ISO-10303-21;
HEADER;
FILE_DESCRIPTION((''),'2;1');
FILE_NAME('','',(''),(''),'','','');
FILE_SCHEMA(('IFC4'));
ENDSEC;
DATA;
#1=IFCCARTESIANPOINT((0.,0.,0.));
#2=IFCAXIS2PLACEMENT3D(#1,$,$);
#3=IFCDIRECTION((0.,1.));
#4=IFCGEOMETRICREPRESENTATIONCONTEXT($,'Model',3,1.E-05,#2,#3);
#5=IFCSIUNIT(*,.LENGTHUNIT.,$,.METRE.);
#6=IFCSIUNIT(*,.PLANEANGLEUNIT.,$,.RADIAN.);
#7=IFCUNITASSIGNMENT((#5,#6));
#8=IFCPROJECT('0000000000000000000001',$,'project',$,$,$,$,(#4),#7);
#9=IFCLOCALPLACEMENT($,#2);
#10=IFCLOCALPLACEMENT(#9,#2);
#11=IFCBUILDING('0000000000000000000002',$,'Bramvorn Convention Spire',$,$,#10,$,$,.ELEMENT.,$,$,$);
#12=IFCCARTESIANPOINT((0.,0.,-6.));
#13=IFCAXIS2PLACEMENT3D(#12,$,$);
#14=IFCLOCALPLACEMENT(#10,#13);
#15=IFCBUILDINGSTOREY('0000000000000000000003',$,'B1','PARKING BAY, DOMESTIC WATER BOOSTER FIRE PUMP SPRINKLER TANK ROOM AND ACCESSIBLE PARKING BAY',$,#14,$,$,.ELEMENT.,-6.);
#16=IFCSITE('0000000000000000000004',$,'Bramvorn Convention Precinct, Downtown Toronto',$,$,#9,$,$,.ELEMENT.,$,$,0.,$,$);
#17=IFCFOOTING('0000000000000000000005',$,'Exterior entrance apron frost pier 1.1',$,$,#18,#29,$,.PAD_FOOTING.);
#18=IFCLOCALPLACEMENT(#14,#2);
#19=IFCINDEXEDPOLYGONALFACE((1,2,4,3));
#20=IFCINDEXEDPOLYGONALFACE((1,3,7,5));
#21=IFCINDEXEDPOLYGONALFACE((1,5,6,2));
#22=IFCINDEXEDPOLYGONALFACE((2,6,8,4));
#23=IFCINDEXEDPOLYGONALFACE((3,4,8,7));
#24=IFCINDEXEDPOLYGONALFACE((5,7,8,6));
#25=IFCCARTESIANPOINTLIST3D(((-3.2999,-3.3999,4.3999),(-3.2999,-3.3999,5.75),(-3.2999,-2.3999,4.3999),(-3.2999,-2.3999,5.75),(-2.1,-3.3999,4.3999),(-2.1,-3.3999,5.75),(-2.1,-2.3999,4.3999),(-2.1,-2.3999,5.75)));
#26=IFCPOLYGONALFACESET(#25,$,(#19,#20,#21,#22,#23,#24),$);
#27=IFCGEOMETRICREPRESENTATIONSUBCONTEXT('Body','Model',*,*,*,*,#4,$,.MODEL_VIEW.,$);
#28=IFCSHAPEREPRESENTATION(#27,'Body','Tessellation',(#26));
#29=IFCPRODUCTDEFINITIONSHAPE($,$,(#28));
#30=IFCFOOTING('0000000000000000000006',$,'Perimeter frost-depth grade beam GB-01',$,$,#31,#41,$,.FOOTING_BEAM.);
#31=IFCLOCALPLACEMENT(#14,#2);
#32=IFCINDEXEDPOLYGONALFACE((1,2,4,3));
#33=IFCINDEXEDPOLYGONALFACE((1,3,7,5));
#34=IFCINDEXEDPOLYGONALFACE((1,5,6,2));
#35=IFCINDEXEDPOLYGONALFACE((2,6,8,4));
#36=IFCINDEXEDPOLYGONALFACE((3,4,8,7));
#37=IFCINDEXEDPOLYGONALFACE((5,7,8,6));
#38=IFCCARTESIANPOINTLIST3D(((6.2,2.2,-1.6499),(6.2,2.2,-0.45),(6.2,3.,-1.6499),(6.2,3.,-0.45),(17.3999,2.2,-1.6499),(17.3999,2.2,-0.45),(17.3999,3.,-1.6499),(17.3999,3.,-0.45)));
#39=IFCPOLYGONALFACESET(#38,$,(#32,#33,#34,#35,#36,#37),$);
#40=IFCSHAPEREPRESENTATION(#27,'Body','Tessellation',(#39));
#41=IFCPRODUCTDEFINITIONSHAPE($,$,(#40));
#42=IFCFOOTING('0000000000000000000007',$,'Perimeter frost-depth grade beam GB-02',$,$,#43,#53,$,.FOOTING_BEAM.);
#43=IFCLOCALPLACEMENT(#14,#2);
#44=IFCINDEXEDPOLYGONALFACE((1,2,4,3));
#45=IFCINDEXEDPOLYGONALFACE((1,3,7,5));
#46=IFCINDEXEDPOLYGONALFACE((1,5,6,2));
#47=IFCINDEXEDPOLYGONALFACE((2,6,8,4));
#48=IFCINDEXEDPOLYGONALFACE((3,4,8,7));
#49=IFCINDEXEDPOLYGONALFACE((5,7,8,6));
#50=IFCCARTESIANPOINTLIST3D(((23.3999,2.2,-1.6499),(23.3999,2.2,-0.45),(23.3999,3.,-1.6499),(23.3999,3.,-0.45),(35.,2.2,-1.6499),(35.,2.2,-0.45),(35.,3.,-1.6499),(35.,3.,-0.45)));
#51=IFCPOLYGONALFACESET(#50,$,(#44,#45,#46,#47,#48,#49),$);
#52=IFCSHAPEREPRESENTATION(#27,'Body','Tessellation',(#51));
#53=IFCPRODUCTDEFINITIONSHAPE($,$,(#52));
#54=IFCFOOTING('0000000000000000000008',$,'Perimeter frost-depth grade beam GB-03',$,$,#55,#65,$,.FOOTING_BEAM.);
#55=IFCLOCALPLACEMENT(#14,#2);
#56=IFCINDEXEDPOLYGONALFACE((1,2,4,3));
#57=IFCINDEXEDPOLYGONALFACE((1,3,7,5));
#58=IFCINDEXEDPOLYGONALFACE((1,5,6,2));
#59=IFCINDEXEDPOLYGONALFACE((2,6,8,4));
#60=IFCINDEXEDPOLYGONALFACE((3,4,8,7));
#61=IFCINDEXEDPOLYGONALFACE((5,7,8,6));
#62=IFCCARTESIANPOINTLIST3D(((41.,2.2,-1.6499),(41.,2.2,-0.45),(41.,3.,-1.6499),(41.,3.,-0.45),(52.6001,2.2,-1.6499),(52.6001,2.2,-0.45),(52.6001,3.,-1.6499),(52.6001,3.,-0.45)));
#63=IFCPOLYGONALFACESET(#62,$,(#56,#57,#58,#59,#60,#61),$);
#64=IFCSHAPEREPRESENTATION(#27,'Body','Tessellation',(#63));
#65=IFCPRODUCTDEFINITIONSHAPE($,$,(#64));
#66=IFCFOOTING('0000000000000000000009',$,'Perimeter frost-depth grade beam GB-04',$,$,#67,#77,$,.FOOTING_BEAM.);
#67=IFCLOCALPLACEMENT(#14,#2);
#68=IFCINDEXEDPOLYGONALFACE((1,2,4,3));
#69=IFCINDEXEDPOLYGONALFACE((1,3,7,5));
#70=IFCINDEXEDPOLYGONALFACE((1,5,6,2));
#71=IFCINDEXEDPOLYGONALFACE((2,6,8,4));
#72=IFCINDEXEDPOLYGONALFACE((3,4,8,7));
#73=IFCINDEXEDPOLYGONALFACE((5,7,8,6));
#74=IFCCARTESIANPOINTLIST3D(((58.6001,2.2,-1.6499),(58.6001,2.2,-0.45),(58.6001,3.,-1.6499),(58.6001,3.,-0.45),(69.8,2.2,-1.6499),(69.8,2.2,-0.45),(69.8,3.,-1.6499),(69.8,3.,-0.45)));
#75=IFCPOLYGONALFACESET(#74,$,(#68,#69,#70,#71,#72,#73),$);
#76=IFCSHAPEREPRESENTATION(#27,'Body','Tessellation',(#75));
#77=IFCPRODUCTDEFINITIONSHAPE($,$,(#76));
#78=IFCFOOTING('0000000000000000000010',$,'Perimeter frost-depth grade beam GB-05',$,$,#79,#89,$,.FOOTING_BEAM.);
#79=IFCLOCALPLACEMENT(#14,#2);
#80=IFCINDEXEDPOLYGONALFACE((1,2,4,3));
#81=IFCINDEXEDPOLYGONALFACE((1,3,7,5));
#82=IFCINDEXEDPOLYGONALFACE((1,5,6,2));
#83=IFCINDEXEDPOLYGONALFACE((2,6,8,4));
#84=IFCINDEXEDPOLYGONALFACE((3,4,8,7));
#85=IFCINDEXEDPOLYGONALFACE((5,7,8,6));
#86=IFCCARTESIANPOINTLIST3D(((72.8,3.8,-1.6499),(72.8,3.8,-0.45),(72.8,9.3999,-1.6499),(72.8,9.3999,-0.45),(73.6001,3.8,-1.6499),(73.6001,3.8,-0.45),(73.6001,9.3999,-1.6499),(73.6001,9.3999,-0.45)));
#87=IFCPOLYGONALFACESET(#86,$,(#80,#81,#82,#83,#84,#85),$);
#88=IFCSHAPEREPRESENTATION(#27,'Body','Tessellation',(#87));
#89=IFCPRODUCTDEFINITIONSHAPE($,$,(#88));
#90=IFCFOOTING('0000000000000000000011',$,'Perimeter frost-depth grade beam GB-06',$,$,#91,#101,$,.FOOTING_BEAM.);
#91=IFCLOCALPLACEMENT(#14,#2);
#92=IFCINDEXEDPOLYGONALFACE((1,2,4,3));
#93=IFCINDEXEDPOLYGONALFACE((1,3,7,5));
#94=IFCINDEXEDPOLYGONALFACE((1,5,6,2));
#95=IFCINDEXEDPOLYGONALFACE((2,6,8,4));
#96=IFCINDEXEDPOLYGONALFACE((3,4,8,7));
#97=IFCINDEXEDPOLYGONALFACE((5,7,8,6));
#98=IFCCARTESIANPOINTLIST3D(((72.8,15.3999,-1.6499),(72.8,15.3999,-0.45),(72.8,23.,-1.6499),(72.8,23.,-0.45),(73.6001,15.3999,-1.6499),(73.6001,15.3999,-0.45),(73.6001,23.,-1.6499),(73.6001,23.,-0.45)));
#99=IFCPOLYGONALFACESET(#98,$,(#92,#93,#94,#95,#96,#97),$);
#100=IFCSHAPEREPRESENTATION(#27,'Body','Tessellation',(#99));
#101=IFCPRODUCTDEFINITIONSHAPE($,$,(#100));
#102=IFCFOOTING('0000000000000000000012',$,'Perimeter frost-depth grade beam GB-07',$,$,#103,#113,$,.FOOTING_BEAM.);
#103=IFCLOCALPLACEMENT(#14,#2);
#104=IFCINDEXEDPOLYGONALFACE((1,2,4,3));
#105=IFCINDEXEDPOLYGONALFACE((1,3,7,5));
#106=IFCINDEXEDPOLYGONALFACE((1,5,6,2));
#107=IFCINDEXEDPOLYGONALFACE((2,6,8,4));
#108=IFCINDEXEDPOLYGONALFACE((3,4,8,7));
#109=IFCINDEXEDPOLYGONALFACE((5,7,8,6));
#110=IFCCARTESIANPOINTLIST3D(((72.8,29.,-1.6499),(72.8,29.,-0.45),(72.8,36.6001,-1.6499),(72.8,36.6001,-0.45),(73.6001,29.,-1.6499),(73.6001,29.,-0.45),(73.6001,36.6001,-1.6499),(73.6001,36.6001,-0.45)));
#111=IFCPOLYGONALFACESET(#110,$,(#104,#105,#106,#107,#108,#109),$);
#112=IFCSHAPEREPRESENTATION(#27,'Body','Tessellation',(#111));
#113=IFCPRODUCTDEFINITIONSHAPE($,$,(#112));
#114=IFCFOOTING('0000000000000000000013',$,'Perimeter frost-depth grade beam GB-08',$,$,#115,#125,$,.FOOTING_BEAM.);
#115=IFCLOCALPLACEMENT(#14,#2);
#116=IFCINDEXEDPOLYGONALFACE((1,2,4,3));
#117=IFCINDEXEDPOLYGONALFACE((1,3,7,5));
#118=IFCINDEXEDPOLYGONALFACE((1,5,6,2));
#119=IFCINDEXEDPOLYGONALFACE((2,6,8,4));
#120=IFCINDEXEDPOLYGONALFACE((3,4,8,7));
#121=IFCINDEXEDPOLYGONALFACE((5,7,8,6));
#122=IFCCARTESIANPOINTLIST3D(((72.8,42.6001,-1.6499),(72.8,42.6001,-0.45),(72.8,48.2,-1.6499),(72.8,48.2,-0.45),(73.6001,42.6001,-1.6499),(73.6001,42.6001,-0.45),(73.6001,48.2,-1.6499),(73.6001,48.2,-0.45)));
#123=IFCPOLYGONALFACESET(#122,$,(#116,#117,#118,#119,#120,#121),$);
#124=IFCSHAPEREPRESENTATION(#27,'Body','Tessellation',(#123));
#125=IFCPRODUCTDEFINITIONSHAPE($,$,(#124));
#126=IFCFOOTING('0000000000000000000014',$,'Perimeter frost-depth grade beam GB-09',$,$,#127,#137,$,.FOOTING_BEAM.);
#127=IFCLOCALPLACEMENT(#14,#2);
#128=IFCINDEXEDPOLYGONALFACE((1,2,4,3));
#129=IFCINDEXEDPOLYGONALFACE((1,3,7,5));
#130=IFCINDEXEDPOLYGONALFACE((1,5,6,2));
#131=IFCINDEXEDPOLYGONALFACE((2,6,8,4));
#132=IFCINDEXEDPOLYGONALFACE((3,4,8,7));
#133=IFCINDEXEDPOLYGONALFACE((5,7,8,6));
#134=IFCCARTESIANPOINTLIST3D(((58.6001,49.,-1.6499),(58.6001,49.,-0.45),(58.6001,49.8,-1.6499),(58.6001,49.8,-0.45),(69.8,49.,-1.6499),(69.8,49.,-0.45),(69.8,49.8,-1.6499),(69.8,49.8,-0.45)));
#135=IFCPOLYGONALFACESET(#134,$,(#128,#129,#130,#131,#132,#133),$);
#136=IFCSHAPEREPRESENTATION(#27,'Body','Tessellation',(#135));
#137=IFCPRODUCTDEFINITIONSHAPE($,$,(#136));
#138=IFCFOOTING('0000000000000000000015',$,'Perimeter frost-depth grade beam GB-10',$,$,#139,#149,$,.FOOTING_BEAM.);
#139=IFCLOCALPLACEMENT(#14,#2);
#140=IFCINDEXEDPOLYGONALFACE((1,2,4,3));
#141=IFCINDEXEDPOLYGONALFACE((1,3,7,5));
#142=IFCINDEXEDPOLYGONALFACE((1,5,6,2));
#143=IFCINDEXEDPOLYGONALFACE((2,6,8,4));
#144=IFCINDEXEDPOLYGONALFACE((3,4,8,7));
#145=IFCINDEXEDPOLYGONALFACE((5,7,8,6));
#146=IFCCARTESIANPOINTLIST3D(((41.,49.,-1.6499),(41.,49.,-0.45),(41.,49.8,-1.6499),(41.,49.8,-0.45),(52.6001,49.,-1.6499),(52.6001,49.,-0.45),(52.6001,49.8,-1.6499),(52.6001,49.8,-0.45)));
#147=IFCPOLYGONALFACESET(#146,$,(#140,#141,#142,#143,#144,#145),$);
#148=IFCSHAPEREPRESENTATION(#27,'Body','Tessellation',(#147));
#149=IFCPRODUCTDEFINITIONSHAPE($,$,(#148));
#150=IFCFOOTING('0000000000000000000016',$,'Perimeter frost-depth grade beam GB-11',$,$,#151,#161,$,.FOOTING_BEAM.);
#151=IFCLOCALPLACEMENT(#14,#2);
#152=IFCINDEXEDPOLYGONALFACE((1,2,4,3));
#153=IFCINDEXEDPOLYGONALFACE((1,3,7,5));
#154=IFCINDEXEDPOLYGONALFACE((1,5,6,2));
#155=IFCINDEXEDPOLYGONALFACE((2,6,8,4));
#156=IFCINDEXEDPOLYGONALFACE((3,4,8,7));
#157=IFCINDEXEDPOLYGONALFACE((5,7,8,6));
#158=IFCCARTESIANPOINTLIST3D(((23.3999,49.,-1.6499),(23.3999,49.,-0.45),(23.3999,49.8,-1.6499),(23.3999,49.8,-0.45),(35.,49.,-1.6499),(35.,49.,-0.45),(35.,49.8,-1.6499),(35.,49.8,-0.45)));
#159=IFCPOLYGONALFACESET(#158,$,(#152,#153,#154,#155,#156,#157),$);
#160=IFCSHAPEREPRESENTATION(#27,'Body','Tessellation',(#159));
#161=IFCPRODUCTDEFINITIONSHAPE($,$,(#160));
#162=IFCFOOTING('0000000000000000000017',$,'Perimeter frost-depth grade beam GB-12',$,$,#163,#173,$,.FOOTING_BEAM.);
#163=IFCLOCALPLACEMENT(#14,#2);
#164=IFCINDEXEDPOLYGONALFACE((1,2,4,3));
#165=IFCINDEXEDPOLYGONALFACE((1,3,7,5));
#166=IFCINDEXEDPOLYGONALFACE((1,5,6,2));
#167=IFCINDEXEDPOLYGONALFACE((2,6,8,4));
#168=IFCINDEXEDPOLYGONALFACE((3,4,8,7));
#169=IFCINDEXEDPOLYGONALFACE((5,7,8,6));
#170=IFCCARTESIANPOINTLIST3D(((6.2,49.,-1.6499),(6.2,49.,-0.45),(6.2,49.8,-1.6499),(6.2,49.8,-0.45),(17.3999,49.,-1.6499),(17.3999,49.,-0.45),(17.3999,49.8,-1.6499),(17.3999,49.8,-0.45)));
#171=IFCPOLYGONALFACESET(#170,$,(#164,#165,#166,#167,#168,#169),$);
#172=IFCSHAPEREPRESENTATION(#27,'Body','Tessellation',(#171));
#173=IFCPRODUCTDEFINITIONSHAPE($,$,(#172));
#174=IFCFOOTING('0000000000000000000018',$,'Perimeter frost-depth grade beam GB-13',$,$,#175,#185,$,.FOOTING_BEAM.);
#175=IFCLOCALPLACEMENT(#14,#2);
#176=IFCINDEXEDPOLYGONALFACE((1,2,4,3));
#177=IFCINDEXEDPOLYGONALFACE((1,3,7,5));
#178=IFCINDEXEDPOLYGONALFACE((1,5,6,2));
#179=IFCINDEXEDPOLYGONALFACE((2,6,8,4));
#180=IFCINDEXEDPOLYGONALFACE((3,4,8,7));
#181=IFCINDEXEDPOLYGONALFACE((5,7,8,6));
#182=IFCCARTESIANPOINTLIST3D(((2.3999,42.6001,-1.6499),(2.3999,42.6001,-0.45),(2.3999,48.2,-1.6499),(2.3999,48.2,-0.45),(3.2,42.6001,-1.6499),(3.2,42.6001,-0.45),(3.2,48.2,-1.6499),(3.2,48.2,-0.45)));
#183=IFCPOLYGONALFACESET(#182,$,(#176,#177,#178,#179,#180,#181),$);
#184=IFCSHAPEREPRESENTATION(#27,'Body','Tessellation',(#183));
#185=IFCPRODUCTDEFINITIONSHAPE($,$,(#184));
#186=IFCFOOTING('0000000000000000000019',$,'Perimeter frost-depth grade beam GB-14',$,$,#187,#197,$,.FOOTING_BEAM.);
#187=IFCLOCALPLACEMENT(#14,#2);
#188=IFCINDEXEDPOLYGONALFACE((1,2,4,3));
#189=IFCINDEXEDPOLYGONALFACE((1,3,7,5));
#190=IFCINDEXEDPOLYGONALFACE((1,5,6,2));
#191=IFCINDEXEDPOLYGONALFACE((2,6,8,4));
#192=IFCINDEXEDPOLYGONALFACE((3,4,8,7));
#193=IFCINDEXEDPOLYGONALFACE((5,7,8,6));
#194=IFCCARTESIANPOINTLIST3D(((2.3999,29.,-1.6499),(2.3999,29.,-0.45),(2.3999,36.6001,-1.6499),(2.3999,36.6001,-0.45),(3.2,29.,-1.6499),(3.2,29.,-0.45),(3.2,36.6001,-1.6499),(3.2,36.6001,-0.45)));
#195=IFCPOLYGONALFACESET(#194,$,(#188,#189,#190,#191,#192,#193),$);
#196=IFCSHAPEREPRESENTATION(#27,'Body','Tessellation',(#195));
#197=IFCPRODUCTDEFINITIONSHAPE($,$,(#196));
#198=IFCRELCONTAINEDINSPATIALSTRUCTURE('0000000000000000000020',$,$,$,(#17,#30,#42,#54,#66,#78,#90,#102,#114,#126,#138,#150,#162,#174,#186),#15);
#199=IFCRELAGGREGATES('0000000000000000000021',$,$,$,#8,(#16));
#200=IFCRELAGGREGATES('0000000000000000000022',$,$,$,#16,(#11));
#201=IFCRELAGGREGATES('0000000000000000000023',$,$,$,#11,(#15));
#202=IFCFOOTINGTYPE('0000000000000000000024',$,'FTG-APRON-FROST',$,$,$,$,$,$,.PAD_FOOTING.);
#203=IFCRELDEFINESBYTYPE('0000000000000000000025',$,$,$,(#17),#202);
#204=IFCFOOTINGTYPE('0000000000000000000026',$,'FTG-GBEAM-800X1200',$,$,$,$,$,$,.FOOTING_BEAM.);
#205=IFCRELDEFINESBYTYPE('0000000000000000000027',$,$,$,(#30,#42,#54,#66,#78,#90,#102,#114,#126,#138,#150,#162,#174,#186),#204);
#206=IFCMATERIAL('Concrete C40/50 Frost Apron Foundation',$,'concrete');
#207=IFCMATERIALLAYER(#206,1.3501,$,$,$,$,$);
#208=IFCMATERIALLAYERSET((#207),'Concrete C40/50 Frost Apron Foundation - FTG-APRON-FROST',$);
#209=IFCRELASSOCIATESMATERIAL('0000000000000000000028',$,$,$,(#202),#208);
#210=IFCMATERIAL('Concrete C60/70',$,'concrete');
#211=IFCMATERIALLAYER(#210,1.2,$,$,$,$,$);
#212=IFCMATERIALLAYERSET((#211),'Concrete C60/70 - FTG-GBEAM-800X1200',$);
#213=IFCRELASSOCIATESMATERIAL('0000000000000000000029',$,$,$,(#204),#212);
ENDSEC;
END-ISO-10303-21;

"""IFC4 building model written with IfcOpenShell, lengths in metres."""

from ifc_helpers import new_model, si_unit, direction, frame, origin, origin_2d, place, context, subcontext, project, spatial, polyline, rectangle, outline, extrude, material, layer, layer_set, type_object, element, save


model = new_model("IFC4")

# Units and contexts
model_context = context("Model", 3, precision=1e-05, world=origin(), true_north=direction((0.0, 1.0)))
body_context = subcontext(model_context, "Body", "Model", "MODEL_VIEW")
ifc_project = project(units=[si_unit("LENGTHUNIT", "METRE"), si_unit("PLANEANGLEUNIT", "RADIAN")], contexts=[model_context])

# Site, building, storey
site_placement = place(None, origin())
site = spatial("IfcSite", under=ifc_project, at=site_placement, Name="Bramvorn Convention Precinct, Downtown Toronto", CompositionType="ELEMENT", RefElevation=0.0)
building_placement = place(site_placement, origin())
building = spatial("IfcBuilding", under=site, at=building_placement, Name="Bramvorn Convention Spire", CompositionType="ELEMENT")
storey_placement = place(building_placement, frame((0.0, 0.0, -6.0)))
storey = spatial("IfcBuildingStorey", under=building, at=storey_placement, Name="B1", Description="PARKING BAY, DOMESTIC WATER BOOSTER FIRE PUMP SPRINKLER TANK ROOM AND ACCESSIBLE PARKING BAY", CompositionType="ELEMENT", Elevation=-6.0)

# Footings
ifc_material_1 = material(Name="Concrete C40/50 Frost Apron Foundation", Category="concrete")
ifc_layer_1 = layer(ifc_material_1, 1.3501)
ifc_layer_set_1 = layer_set([ifc_layer_1], Name="Concrete C40/50 Frost Apron Foundation - FTG-APRON-FROST")
footing_type_1 = type_object("IfcFootingType", Name="FTG-APRON-FROST", PredefinedType="PAD_FOOTING", material=ifc_layer_set_1)
footing_1_placement = place(storey_placement, frame((-2.7, -2.8999, 4.3999), z_axis=(0.0, 0.0, 1.0), x_axis=(1.0, 0.0, 0.0)))
element("IfcFooting", 1, at=footing_1_placement, inside=storey, type_object=footing_type_1, Name="Exterior entrance apron frost pier 1.1", PredefinedType="PAD_FOOTING", context=body_context, shape_type="SweptSolid", body=[
    extrude(rectangle(XDim=1.2, YDim=1.0, at=origin_2d()), origin(), (0.0, 0.0, 1.0), 1.3501),
])
ifc_material_2 = material(Name="Concrete C60/70", Category="concrete")
ifc_layer_2 = layer(ifc_material_2, 1.2)
ifc_layer_set_2 = layer_set([ifc_layer_2], Name="Concrete C60/70 - FTG-GBEAM-800X1200")
footing_type_2 = type_object("IfcFootingType", Name="FTG-GBEAM-800X1200", PredefinedType="FOOTING_BEAM", material=ifc_layer_set_2)
footing_2_placement = place(storey_placement, frame((0.0, 0.0, -1.6499)))
element("IfcFooting", 2, at=footing_2_placement, inside=storey, type_object=footing_type_2, Name="Perimeter frost-depth grade beam GB-01", PredefinedType="FOOTING_BEAM", context=body_context, shape_type="SweptSolid", body=[
    extrude(outline(polyline([(6.2, 2.2), (17.3999, 2.2), (17.3999, 3.0), (6.2, 3.0), (6.2, 2.2)])), origin(), (0.0, 0.0, 1.0), 1.2),
])
footing_3_placement = place(storey_placement, frame((0.0, 0.0, -1.6499)))
element("IfcFooting", 3, at=footing_3_placement, inside=storey, type_object=footing_type_2, Name="Perimeter frost-depth grade beam GB-02", PredefinedType="FOOTING_BEAM", context=body_context, shape_type="SweptSolid", body=[
    extrude(outline(polyline([(23.3999, 2.2), (35.0, 2.2), (35.0, 3.0), (23.3999, 3.0), (23.3999, 2.2)])), origin(), (0.0, 0.0, 1.0), 1.2),
])
footing_4_placement = place(storey_placement, frame((0.0, 0.0, -1.6499)))
element("IfcFooting", 4, at=footing_4_placement, inside=storey, type_object=footing_type_2, Name="Perimeter frost-depth grade beam GB-03", PredefinedType="FOOTING_BEAM", context=body_context, shape_type="SweptSolid", body=[
    extrude(outline(polyline([(41.0, 2.2), (52.6001, 2.2), (52.6001, 3.0), (41.0, 3.0), (41.0, 2.2)])), origin(), (0.0, 0.0, 1.0), 1.2),
])
footing_5_placement = place(storey_placement, frame((0.0, 0.0, -1.6499)))
element("IfcFooting", 5, at=footing_5_placement, inside=storey, type_object=footing_type_2, Name="Perimeter frost-depth grade beam GB-04", PredefinedType="FOOTING_BEAM", context=body_context, shape_type="SweptSolid", body=[
    extrude(outline(polyline([(58.6001, 2.2), (69.8, 2.2), (69.8, 3.0), (58.6001, 3.0), (58.6001, 2.2)])), origin(), (0.0, 0.0, 1.0), 1.2),
])
footing_6_placement = place(storey_placement, frame((0.0, 0.0, -1.6499)))
element("IfcFooting", 6, at=footing_6_placement, inside=storey, type_object=footing_type_2, Name="Perimeter frost-depth grade beam GB-05", PredefinedType="FOOTING_BEAM", context=body_context, shape_type="SweptSolid", body=[
    extrude(outline(polyline([(72.8, 3.8), (73.6001, 3.8), (73.6001, 9.3999), (72.8, 9.3999), (72.8, 3.8)])), origin(), (0.0, 0.0, 1.0), 1.2),
])
footing_7_placement = place(storey_placement, frame((0.0, 0.0, -1.6499)))
element("IfcFooting", 7, at=footing_7_placement, inside=storey, type_object=footing_type_2, Name="Perimeter frost-depth grade beam GB-06", PredefinedType="FOOTING_BEAM", context=body_context, shape_type="SweptSolid", body=[
    extrude(outline(polyline([(72.8, 15.3999), (73.6001, 15.3999), (73.6001, 23.0), (72.8, 23.0), (72.8, 15.3999)])), origin(), (0.0, 0.0, 1.0), 1.2),
])
footing_8_placement = place(storey_placement, frame((0.0, 0.0, -1.6499)))
element("IfcFooting", 8, at=footing_8_placement, inside=storey, type_object=footing_type_2, Name="Perimeter frost-depth grade beam GB-07", PredefinedType="FOOTING_BEAM", context=body_context, shape_type="SweptSolid", body=[
    extrude(outline(polyline([(72.8, 29.0), (73.6001, 29.0), (73.6001, 36.6001), (72.8, 36.6001), (72.8, 29.0)])), origin(), (0.0, 0.0, 1.0), 1.2),
])
footing_9_placement = place(storey_placement, frame((0.0, 0.0, -1.6499)))
element("IfcFooting", 9, at=footing_9_placement, inside=storey, type_object=footing_type_2, Name="Perimeter frost-depth grade beam GB-08", PredefinedType="FOOTING_BEAM", context=body_context, shape_type="SweptSolid", body=[
    extrude(outline(polyline([(72.8, 42.6001), (73.6001, 42.6001), (73.6001, 48.2), (72.8, 48.2), (72.8, 42.6001)])), origin(), (0.0, 0.0, 1.0), 1.2),
])
footing_10_placement = place(storey_placement, frame((0.0, 0.0, -1.6499)))
element("IfcFooting", 10, at=footing_10_placement, inside=storey, type_object=footing_type_2, Name="Perimeter frost-depth grade beam GB-09", PredefinedType="FOOTING_BEAM", context=body_context, shape_type="SweptSolid", body=[
    extrude(outline(polyline([(58.6001, 49.0), (69.8, 49.0), (69.8, 49.8), (58.6001, 49.8), (58.6001, 49.0)])), origin(), (0.0, 0.0, 1.0), 1.2),
])
footing_11_placement = place(storey_placement, frame((0.0, 0.0, -1.6499)))
element("IfcFooting", 11, at=footing_11_placement, inside=storey, type_object=footing_type_2, Name="Perimeter frost-depth grade beam GB-10", PredefinedType="FOOTING_BEAM", context=body_context, shape_type="SweptSolid", body=[
    extrude(outline(polyline([(41.0, 49.0), (52.6001, 49.0), (52.6001, 49.8), (41.0, 49.8), (41.0, 49.0)])), origin(), (0.0, 0.0, 1.0), 1.2),
])
footing_12_placement = place(storey_placement, frame((0.0, 0.0, -1.6499)))
element("IfcFooting", 12, at=footing_12_placement, inside=storey, type_object=footing_type_2, Name="Perimeter frost-depth grade beam GB-11", PredefinedType="FOOTING_BEAM", context=body_context, shape_type="SweptSolid", body=[
    extrude(outline(polyline([(23.3999, 49.0), (35.0, 49.0), (35.0, 49.8), (23.3999, 49.8), (23.3999, 49.0)])), origin(), (0.0, 0.0, 1.0), 1.2),
])
footing_13_placement = place(storey_placement, frame((0.0, 0.0, -1.6499)))
element("IfcFooting", 13, at=footing_13_placement, inside=storey, type_object=footing_type_2, Name="Perimeter frost-depth grade beam GB-12", PredefinedType="FOOTING_BEAM", context=body_context, shape_type="SweptSolid", body=[
    extrude(outline(polyline([(6.2, 49.0), (17.3999, 49.0), (17.3999, 49.8), (6.2, 49.8), (6.2, 49.0)])), origin(), (0.0, 0.0, 1.0), 1.2),
])
footing_14_placement = place(storey_placement, frame((0.0, 0.0, -1.6499)))
element("IfcFooting", 14, at=footing_14_placement, inside=storey, type_object=footing_type_2, Name="Perimeter frost-depth grade beam GB-13", PredefinedType="FOOTING_BEAM", context=body_context, shape_type="SweptSolid", body=[
    extrude(outline(polyline([(2.3999, 42.6001), (3.2, 42.6001), (3.2, 48.2), (2.3999, 48.2), (2.3999, 42.6001)])), origin(), (0.0, 0.0, 1.0), 1.2),
])
footing_15_placement = place(storey_placement, frame((0.0, 0.0, -1.6499)))
element("IfcFooting", 15, at=footing_15_placement, inside=storey, type_object=footing_type_2, Name="Perimeter frost-depth grade beam GB-14", PredefinedType="FOOTING_BEAM", context=body_context, shape_type="SweptSolid", body=[
    extrude(outline(polyline([(2.3999, 29.0), (3.2, 29.0), (3.2, 36.6001), (2.3999, 36.6001), (2.3999, 29.0)])), origin(), (0.0, 0.0, 1.0), 1.2),
])

save(model, "model.ifc")
